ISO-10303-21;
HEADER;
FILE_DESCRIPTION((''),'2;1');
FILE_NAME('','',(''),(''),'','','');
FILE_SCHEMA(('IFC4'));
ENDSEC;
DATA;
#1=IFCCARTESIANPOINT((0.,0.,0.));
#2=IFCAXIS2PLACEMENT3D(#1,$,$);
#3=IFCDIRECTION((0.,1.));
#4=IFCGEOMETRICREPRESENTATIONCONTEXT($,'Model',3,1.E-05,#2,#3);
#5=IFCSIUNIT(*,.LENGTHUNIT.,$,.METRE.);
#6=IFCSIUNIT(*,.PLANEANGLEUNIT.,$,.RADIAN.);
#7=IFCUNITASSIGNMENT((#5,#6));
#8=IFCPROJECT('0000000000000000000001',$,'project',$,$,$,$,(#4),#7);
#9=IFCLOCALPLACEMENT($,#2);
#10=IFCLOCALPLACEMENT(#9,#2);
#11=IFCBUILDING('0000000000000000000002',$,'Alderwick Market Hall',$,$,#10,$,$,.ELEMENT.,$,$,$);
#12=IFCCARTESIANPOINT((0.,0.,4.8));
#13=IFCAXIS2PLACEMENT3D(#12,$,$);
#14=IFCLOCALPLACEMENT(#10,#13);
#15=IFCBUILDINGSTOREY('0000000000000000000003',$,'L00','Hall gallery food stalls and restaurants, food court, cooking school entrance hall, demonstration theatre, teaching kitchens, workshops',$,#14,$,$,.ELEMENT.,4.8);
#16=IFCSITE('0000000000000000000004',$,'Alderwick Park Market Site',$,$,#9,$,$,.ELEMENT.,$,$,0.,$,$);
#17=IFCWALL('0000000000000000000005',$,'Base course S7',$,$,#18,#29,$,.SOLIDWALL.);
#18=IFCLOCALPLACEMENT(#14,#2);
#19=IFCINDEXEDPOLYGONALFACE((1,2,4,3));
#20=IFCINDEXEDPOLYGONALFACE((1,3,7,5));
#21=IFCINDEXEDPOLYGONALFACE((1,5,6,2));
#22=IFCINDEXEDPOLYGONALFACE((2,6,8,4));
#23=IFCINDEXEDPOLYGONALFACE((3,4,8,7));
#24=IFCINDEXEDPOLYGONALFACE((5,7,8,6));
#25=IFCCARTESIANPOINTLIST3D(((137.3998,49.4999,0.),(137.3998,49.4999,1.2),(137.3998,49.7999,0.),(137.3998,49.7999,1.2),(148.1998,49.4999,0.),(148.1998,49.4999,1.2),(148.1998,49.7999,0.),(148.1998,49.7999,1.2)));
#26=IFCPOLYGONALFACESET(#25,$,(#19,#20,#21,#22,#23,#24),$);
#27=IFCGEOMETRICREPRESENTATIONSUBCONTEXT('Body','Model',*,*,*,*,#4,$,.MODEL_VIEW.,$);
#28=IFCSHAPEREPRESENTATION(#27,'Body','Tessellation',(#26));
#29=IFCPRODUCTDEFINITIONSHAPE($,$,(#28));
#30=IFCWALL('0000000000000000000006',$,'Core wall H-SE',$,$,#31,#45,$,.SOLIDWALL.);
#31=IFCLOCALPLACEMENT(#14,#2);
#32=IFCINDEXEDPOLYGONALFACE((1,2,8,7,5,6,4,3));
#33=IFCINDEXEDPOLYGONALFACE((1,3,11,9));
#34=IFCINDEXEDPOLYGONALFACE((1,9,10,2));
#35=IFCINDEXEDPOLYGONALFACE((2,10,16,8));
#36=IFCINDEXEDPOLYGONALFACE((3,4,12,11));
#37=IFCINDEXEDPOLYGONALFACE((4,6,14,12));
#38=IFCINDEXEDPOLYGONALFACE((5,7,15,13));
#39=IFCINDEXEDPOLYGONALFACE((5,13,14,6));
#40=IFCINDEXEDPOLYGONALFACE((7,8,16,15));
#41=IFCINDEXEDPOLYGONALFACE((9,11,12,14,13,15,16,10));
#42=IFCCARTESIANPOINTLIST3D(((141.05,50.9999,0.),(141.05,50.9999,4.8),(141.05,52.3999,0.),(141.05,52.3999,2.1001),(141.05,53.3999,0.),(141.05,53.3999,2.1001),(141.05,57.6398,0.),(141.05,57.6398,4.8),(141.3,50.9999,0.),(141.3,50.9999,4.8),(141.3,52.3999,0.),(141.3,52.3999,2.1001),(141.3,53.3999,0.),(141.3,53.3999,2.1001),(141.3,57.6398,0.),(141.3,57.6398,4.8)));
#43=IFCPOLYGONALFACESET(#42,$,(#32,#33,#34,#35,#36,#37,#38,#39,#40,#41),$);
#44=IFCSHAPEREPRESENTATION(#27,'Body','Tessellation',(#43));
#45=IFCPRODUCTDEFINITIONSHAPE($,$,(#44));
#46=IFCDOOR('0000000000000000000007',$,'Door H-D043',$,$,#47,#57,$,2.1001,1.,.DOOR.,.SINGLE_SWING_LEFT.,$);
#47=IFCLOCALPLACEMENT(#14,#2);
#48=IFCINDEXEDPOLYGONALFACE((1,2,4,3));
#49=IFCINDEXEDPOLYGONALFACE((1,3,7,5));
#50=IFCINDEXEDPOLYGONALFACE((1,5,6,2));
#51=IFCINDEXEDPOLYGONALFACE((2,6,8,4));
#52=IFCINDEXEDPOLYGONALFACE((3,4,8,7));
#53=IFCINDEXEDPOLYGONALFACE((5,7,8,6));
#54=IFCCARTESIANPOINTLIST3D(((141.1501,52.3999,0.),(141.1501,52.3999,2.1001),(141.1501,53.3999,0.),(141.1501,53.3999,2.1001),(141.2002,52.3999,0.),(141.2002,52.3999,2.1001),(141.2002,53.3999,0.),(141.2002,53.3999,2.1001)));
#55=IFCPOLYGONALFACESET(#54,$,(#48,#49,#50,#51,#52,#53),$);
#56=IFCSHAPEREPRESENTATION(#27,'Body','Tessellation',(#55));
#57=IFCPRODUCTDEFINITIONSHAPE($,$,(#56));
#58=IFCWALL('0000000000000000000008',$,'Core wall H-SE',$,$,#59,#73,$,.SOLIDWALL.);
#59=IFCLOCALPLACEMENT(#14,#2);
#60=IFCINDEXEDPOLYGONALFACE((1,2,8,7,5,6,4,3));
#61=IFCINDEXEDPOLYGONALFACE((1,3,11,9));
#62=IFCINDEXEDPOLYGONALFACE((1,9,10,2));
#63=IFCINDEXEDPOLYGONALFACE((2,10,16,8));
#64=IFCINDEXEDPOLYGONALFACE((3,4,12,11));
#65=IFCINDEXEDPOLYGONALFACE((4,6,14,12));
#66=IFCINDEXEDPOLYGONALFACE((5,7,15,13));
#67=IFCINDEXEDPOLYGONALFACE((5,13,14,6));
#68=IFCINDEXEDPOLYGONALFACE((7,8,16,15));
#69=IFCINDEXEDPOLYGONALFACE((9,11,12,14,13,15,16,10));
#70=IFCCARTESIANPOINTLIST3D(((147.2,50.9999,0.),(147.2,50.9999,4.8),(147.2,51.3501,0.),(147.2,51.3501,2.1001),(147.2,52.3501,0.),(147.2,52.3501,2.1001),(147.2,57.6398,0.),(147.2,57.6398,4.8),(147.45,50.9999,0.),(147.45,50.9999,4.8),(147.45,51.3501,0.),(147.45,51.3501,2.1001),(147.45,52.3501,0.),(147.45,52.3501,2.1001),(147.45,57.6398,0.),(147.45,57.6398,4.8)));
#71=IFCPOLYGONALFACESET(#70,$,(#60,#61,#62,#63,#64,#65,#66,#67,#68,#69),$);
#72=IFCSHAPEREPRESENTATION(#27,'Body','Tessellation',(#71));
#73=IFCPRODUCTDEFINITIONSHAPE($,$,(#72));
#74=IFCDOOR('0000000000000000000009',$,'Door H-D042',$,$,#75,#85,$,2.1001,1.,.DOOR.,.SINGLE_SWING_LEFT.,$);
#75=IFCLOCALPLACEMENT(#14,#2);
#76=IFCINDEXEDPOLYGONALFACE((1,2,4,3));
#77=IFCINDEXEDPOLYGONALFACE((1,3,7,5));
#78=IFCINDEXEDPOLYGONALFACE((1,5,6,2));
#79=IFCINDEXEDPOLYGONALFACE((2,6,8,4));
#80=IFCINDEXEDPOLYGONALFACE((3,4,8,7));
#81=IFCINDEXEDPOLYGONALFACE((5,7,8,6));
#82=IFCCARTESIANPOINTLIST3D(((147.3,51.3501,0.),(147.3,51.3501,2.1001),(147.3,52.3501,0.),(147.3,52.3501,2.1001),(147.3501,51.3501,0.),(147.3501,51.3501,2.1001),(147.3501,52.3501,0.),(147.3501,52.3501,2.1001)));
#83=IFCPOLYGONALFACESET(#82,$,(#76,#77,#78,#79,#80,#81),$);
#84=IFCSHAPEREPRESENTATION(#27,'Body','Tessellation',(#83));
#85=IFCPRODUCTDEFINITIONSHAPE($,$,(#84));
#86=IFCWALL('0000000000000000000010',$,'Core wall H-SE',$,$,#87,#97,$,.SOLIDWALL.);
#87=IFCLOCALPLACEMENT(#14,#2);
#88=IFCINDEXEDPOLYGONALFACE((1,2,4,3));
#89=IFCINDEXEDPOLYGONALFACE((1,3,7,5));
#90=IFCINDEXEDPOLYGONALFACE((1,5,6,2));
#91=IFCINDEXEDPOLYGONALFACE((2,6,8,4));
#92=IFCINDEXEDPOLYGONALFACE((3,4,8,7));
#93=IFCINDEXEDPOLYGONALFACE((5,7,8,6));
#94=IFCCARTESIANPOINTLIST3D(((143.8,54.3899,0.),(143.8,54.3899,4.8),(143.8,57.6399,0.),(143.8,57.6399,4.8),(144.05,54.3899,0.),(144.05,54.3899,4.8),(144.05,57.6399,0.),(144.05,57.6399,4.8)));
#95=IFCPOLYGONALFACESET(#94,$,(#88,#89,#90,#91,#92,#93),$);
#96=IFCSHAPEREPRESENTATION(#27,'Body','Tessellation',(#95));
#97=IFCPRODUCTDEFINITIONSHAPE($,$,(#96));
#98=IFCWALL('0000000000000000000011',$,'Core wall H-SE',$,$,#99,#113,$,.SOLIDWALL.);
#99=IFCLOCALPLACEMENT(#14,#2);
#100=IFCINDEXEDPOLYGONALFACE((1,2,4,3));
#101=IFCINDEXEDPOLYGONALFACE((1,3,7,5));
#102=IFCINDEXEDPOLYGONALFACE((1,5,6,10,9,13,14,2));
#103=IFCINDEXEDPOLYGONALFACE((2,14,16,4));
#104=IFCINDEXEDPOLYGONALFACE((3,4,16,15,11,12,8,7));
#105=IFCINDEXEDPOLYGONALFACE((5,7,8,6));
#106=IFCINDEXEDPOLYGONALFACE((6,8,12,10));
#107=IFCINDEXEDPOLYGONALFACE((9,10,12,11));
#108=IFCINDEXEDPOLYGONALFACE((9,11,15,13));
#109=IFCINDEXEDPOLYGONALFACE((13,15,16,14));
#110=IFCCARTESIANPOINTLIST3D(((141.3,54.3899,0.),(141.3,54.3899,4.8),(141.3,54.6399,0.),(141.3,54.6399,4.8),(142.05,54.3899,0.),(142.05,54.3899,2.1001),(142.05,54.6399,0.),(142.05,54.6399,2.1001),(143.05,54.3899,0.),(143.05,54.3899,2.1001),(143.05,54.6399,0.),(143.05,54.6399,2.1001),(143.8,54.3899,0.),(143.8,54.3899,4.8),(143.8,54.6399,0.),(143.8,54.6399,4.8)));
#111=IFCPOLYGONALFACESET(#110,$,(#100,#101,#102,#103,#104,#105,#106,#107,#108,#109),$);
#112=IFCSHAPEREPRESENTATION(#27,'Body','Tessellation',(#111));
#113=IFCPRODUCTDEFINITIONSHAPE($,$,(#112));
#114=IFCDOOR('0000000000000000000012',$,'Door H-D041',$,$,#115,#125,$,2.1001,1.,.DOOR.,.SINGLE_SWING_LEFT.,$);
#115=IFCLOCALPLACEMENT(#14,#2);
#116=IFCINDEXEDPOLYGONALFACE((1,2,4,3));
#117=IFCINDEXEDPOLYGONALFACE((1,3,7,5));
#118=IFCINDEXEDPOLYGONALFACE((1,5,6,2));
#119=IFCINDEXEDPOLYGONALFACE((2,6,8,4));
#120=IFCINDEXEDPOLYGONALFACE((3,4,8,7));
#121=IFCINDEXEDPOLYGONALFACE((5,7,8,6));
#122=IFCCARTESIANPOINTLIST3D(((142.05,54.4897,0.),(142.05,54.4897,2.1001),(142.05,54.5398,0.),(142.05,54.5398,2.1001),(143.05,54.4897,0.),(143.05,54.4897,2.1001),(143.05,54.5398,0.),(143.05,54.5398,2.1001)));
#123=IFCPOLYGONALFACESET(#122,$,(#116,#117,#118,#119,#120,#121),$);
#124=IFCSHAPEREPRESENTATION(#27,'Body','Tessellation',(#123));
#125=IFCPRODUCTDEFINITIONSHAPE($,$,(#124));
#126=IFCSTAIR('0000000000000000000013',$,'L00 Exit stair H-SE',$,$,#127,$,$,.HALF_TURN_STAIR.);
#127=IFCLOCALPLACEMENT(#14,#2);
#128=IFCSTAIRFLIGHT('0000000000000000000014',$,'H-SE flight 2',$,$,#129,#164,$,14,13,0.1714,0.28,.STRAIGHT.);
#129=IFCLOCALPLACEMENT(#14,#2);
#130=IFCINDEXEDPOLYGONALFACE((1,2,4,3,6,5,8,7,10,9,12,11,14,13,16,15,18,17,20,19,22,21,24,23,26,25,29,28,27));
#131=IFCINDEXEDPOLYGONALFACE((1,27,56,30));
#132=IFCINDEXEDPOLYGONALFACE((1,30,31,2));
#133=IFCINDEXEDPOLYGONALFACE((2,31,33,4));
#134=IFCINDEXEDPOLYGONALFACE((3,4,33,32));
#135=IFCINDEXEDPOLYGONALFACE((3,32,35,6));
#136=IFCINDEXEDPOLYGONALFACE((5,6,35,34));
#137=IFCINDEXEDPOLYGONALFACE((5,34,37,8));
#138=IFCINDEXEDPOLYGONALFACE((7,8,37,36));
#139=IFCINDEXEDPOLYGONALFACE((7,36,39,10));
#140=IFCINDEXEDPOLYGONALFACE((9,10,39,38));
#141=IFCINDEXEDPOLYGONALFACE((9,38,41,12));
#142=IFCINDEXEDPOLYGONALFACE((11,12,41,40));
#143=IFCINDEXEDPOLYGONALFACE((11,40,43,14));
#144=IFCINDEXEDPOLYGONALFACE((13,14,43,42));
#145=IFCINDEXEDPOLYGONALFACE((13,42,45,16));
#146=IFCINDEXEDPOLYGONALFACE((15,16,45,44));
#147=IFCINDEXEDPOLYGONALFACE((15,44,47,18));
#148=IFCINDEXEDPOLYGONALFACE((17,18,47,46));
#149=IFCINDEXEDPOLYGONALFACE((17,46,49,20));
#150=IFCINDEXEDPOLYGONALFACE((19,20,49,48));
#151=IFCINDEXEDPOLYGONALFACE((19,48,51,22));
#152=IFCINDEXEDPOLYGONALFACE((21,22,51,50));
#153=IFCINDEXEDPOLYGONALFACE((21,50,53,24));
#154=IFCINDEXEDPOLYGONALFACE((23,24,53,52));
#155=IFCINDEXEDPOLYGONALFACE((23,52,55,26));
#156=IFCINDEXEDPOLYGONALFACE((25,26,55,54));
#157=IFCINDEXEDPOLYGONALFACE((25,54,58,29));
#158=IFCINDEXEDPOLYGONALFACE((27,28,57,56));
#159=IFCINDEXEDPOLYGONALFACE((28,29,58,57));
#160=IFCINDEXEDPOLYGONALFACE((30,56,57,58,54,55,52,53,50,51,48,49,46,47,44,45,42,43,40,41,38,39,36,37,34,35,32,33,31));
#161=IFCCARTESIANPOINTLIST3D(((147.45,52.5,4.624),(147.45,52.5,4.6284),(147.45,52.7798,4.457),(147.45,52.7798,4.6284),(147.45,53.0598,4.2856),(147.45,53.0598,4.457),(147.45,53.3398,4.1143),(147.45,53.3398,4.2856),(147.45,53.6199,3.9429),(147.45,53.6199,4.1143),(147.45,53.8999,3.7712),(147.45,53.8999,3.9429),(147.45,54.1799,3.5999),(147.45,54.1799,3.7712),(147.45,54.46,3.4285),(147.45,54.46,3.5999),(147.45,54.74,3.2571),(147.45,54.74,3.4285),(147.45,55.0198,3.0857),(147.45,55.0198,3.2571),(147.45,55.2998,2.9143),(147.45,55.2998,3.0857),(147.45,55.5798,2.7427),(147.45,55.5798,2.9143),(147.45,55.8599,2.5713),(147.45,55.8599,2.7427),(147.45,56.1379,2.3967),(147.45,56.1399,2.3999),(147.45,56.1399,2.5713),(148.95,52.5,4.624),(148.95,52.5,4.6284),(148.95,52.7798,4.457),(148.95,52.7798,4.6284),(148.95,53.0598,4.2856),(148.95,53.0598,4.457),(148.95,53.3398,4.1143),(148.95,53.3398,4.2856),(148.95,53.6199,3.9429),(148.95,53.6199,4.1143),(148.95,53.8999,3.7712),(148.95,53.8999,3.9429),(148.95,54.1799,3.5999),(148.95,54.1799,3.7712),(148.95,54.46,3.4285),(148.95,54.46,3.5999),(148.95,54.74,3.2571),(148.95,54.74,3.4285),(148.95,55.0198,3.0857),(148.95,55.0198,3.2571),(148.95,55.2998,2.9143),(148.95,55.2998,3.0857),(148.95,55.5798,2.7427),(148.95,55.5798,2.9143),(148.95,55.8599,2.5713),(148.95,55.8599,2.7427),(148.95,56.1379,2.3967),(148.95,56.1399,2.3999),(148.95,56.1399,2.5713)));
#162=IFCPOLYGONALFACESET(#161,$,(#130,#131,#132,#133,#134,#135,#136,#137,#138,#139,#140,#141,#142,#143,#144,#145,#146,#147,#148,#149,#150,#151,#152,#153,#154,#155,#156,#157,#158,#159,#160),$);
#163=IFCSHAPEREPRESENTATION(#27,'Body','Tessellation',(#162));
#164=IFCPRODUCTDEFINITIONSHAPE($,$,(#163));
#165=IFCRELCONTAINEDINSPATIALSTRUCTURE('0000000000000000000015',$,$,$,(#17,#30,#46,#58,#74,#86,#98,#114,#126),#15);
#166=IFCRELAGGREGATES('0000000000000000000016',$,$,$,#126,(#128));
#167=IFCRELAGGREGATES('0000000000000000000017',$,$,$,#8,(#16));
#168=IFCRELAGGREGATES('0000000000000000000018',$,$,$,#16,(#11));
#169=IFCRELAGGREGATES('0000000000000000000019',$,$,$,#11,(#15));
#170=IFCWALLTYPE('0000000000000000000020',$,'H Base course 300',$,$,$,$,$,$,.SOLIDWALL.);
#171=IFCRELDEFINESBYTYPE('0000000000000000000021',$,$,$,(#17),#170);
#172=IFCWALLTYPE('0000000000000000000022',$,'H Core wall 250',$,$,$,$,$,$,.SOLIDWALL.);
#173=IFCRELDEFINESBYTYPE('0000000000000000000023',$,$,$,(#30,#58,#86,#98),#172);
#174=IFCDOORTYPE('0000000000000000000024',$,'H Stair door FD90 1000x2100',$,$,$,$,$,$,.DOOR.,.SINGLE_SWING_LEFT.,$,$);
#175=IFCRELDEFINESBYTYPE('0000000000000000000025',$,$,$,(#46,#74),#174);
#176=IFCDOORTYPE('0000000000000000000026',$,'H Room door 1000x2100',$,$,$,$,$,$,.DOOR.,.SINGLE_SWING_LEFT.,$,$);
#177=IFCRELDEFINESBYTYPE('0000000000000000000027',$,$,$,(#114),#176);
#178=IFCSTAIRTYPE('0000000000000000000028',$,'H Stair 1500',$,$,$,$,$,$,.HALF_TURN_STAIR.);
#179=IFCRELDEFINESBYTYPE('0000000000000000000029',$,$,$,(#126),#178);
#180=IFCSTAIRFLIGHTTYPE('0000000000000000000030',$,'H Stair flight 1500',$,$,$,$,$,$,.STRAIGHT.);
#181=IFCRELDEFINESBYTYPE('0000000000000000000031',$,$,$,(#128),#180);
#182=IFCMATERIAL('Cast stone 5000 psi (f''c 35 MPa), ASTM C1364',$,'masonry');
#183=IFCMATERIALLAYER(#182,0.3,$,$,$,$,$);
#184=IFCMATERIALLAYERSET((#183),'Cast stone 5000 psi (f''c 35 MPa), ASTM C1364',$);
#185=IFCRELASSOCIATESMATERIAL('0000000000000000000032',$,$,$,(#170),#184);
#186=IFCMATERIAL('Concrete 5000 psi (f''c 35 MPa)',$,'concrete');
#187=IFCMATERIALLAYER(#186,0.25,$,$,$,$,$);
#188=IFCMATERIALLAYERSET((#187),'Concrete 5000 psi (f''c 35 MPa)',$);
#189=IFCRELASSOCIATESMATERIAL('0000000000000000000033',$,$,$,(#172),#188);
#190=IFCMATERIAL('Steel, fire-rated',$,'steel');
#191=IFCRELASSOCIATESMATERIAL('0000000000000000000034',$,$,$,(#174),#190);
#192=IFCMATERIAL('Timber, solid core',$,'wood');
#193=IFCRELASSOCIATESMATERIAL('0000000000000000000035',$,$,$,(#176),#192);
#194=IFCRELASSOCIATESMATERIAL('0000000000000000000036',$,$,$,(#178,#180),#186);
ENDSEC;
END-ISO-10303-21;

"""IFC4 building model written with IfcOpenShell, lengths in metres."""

from ifc_helpers import new_model, si_unit, direction, frame, frame_2d, origin, place, context, subcontext, project, spatial, polyline, rectangle, outline, extrude, material, layer, layer_set, type_object, element, fill, aggregate, save


model = new_model("IFC4")

# Units and contexts
model_context = context("Model", 3, precision=1e-05, world=origin(), true_north=direction((0.0, 1.0)))
body_context = subcontext(model_context, "Body", "Model", "MODEL_VIEW")
ifc_project = project(units=[si_unit("LENGTHUNIT", "METRE"), si_unit("PLANEANGLEUNIT", "RADIAN")], contexts=[model_context])

# Site, building, storey
site_placement = place(None, origin())
site = spatial("IfcSite", under=ifc_project, at=site_placement, Name="Alderwick Park Market Site", CompositionType="ELEMENT", RefElevation=0.0)
building_placement = place(site_placement, origin())
building = spatial("IfcBuilding", under=site, at=building_placement, Name="Alderwick Market Hall", CompositionType="ELEMENT")
storey_placement = place(building_placement, frame((0.0, 0.0, 4.8)))
storey = spatial("IfcBuildingStorey", under=building, at=storey_placement, Name="L00", Description="Hall gallery food stalls and restaurants, food court, cooking school entrance hall, demonstration theatre, teaching kitchens, workshops", CompositionType="ELEMENT", Elevation=4.8)

# Wall
ifc_material_1 = material(Name="Cast stone 5000 psi (f'c 35 MPa), ASTM C1364", Category="masonry")
ifc_layer_1 = layer(ifc_material_1, 0.3)
ifc_layer_set_1 = layer_set([ifc_layer_1], Name="Cast stone 5000 psi (f'c 35 MPa), ASTM C1364")
wall_type_1 = type_object("IfcWallType", Name="H Base course 300", PredefinedType="SOLIDWALL", material=ifc_layer_set_1)
wall_1_placement = place(storey_placement, frame((137.3999, 49.6499, 0.0), z_axis=(0.0, 0.0, 1.0), x_axis=(1.0, 0.0, 0.0)))
element("IfcWall", 1, at=wall_1_placement, inside=storey, type_object=wall_type_1, Name="Base course S7", PredefinedType="SOLIDWALL", context=body_context, shape_type="SweptSolid", body=[
    extrude(rectangle(XDim=10.8, YDim=0.3, at=frame_2d((5.3999, 0.0))), origin(), (0.0, 0.0, 1.0), 1.2),
])

# Walls, openings, doors
ifc_material_2 = material(Name="Concrete 5000 psi (f'c 35 MPa)", Category="concrete")
ifc_layer_2 = layer(ifc_material_2, 0.25)
ifc_layer_set_2 = layer_set([ifc_layer_2], Name="Concrete 5000 psi (f'c 35 MPa)")
wall_type_2 = type_object("IfcWallType", Name="H Core wall 250", PredefinedType="SOLIDWALL", material=ifc_layer_set_2)
wall_2_placement = place(storey_placement, frame((141.175, 51.0, 0.0), z_axis=(0.0, 0.0, 1.0), x_axis=(0.0, 1.0, 0.0)))
wall_2 = element("IfcWall", 2, at=wall_2_placement, inside=storey, type_object=wall_type_2, Name="Core wall H-SE", PredefinedType="SOLIDWALL", context=body_context, shape_type="SweptSolid", body=[
    extrude(rectangle(XDim=6.6399, YDim=0.25, at=frame_2d((3.3198, 0.0))), origin(), (0.0, 0.0, 1.0), 4.8),
])
opening_1_placement = place(wall_2_placement, frame((1.3999, 0.0, 0.0)))
opening_1 = element("IfcOpeningElement", 3, at=opening_1_placement, cuts=wall_2, PredefinedType="OPENING", context=body_context, shape_type="SweptSolid", body=[
    extrude(rectangle(XDim=1.0, YDim=2.1001, at=frame_2d((0.5, 1.05))), frame((0.0, 0.135, 0.0), z_axis=(0.0, -1.0, 0.0), x_axis=(1.0, 0.0, 0.0)), (0.0, 0.0, 1.0), 0.27),
])
ifc_material_3 = material(Name="Steel, fire-rated", Category="steel")
door_type_1 = type_object("IfcDoorType", Name="H Stair door FD90 1000x2100", OperationType="SINGLE_SWING_LEFT", PredefinedType="DOOR", material=ifc_material_3)
door_1_placement = place(opening_1_placement, origin())
door_1 = element("IfcDoor", 4, at=door_1_placement, inside=storey, type_object=door_type_1, Name="Door H-D043", OperationType="SINGLE_SWING_LEFT", OverallHeight=2.1001, OverallWidth=1.0, PredefinedType="DOOR", context=body_context, shape_type="SweptSolid", body=[
    extrude(rectangle(XDim=1.0, YDim=2.1001, at=frame_2d((0.5, 1.05))), frame((0.0, 0.0249, 0.0), z_axis=(0.0, -1.0, 0.0), x_axis=(1.0, 0.0, 0.0)), (0.0, 0.0, 1.0), 0.05),
])
fill(opening_1, door_1)
wall_3_placement = place(storey_placement, frame((147.325, 51.0, 0.0), z_axis=(0.0, 0.0, 1.0), x_axis=(0.0, 1.0, 0.0)))
wall_3 = element("IfcWall", 5, at=wall_3_placement, inside=storey, type_object=wall_type_2, Name="Core wall H-SE", PredefinedType="SOLIDWALL", context=body_context, shape_type="SweptSolid", body=[
    extrude(rectangle(XDim=6.6399, YDim=0.25, at=frame_2d((3.3198, 0.0))), origin(), (0.0, 0.0, 1.0), 4.8),
])
opening_2_placement = place(wall_3_placement, frame((0.3501, 0.0, 0.0)))
opening_2 = element("IfcOpeningElement", 6, at=opening_2_placement, cuts=wall_3, PredefinedType="OPENING", context=body_context, shape_type="SweptSolid", body=[
    extrude(rectangle(XDim=1.0, YDim=2.1001, at=frame_2d((0.5, 1.05))), frame((0.0, 0.135, 0.0), z_axis=(0.0, -1.0, 0.0), x_axis=(1.0, 0.0, 0.0)), (0.0, 0.0, 1.0), 0.27),
])
door_2_placement = place(opening_2_placement, origin())
door_2 = element("IfcDoor", 7, at=door_2_placement, inside=storey, type_object=door_type_1, Name="Door H-D042", OperationType="SINGLE_SWING_LEFT", OverallHeight=2.1001, OverallWidth=1.0, PredefinedType="DOOR", context=body_context, shape_type="SweptSolid", body=[
    extrude(rectangle(XDim=1.0, YDim=2.1001, at=frame_2d((0.5, 1.05))), frame((0.0, 0.0249, 0.0), z_axis=(0.0, -1.0, 0.0), x_axis=(1.0, 0.0, 0.0)), (0.0, 0.0, 1.0), 0.05),
])
fill(opening_2, door_2)

# Wall
wall_4_placement = place(storey_placement, frame((143.925, 54.3899, 0.0), z_axis=(0.0, 0.0, 1.0), x_axis=(0.0, 1.0, 0.0)))
element("IfcWall", 8, at=wall_4_placement, inside=storey, type_object=wall_type_2, Name="Core wall H-SE", PredefinedType="SOLIDWALL", context=body_context, shape_type="SweptSolid", body=[
    extrude(rectangle(XDim=3.25, YDim=0.25, at=frame_2d((1.625, 0.0))), origin(), (0.0, 0.0, 1.0), 4.8),
])

# Wall, opening, door
wall_5_placement = place(storey_placement, frame((141.3, 54.5149, 0.0), z_axis=(0.0, 0.0, 1.0), x_axis=(1.0, 0.0, 0.0)))
wall_5 = element("IfcWall", 9, at=wall_5_placement, inside=storey, type_object=wall_type_2, Name="Core wall H-SE", PredefinedType="SOLIDWALL", context=body_context, shape_type="SweptSolid", body=[
    extrude(rectangle(XDim=2.5, YDim=0.25, at=frame_2d((1.25, 0.0))), origin(), (0.0, 0.0, 1.0), 4.8),
])
opening_3_placement = place(wall_5_placement, frame((0.75, 0.0, 0.0)))
opening_3 = element("IfcOpeningElement", 10, at=opening_3_placement, cuts=wall_5, PredefinedType="OPENING", context=body_context, shape_type="SweptSolid", body=[
    extrude(rectangle(XDim=1.0, YDim=2.1001, at=frame_2d((0.5, 1.05))), frame((0.0, 0.135, 0.0), z_axis=(0.0, -1.0, 0.0), x_axis=(1.0, 0.0, 0.0)), (0.0, 0.0, 1.0), 0.27),
])
ifc_material_4 = material(Name="Timber, solid core", Category="wood")
door_type_2 = type_object("IfcDoorType", Name="H Room door 1000x2100", OperationType="SINGLE_SWING_LEFT", PredefinedType="DOOR", material=ifc_material_4)
door_3_placement = place(opening_3_placement, origin())
door_3 = element("IfcDoor", 11, at=door_3_placement, inside=storey, type_object=door_type_2, Name="Door H-D041", OperationType="SINGLE_SWING_LEFT", OverallHeight=2.1001, OverallWidth=1.0, PredefinedType="DOOR", context=body_context, shape_type="SweptSolid", body=[
    extrude(rectangle(XDim=1.0, YDim=2.1001, at=frame_2d((0.5, 1.05))), frame((0.0, 0.0249, 0.0), z_axis=(0.0, -1.0, 0.0), x_axis=(1.0, 0.0, 0.0)), (0.0, 0.0, 1.0), 0.05),
])
fill(opening_3, door_3)

# Stair, stair flight
stair_type = type_object("IfcStairType", Name="H Stair 1500", PredefinedType="HALF_TURN_STAIR", material=ifc_material_2)
stair_placement = place(storey_placement, origin())
stair = element("IfcStair", 12, at=stair_placement, inside=storey, type_object=stair_type, Name="L00 Exit stair H-SE", PredefinedType="HALF_TURN_STAIR")
stair_flight_type = type_object("IfcStairFlightType", Name="H Stair flight 1500", PredefinedType="STRAIGHT", material=ifc_material_2)
stair_flight_placement = place(storey_placement, frame((148.2, 56.1399, 2.3999), z_axis=(0.0, 0.0, 1.0), x_axis=(0.0, -1.0, 0.0)))
stair_flight = element("IfcStairFlight", 13, at=stair_flight_placement, type_object=stair_flight_type, Name="H-SE flight 2", NumberOfRisers=14, NumberOfTreads=13, PredefinedType="STRAIGHT", RiserHeight=0.1714, TreadLength=0.28, context=body_context, shape_type="SweptSolid", body=[
    extrude(outline(polyline([(0.002, -0.0032), (0.0, 0.0), (0.0, 0.1714), (0.28, 0.1714), (0.28, 0.3428), (0.5601, 0.3428), (0.5601, 0.5144), (0.8401, 0.5144), (0.8401, 0.6858), (1.1201, 0.6858), (1.1201, 0.8572), (1.3999, 0.8572), (1.3999, 1.0286), (1.6799, 1.0286), (1.6799, 1.2), (1.96, 1.2), (1.96, 1.3713), (2.24, 1.3713), (2.24, 1.543), (2.52, 1.543), (2.52, 1.7144), (2.8, 1.7144), (2.8, 1.8857), (3.0801, 1.8857), (3.0801, 2.0571), (3.3601, 2.0571), (3.3601, 2.2285), (3.6399, 2.2285), (3.6399, 2.2241), (0.002, -0.0032)])), frame((0.0, 0.75, 0.0), z_axis=(0.0, -1.0, 0.0), x_axis=(1.0, 0.0, 0.0)), (0.0, 0.0, 1.0), 1.5),
])
aggregate(stair, [stair_flight])

save(model, "model.ifc")
